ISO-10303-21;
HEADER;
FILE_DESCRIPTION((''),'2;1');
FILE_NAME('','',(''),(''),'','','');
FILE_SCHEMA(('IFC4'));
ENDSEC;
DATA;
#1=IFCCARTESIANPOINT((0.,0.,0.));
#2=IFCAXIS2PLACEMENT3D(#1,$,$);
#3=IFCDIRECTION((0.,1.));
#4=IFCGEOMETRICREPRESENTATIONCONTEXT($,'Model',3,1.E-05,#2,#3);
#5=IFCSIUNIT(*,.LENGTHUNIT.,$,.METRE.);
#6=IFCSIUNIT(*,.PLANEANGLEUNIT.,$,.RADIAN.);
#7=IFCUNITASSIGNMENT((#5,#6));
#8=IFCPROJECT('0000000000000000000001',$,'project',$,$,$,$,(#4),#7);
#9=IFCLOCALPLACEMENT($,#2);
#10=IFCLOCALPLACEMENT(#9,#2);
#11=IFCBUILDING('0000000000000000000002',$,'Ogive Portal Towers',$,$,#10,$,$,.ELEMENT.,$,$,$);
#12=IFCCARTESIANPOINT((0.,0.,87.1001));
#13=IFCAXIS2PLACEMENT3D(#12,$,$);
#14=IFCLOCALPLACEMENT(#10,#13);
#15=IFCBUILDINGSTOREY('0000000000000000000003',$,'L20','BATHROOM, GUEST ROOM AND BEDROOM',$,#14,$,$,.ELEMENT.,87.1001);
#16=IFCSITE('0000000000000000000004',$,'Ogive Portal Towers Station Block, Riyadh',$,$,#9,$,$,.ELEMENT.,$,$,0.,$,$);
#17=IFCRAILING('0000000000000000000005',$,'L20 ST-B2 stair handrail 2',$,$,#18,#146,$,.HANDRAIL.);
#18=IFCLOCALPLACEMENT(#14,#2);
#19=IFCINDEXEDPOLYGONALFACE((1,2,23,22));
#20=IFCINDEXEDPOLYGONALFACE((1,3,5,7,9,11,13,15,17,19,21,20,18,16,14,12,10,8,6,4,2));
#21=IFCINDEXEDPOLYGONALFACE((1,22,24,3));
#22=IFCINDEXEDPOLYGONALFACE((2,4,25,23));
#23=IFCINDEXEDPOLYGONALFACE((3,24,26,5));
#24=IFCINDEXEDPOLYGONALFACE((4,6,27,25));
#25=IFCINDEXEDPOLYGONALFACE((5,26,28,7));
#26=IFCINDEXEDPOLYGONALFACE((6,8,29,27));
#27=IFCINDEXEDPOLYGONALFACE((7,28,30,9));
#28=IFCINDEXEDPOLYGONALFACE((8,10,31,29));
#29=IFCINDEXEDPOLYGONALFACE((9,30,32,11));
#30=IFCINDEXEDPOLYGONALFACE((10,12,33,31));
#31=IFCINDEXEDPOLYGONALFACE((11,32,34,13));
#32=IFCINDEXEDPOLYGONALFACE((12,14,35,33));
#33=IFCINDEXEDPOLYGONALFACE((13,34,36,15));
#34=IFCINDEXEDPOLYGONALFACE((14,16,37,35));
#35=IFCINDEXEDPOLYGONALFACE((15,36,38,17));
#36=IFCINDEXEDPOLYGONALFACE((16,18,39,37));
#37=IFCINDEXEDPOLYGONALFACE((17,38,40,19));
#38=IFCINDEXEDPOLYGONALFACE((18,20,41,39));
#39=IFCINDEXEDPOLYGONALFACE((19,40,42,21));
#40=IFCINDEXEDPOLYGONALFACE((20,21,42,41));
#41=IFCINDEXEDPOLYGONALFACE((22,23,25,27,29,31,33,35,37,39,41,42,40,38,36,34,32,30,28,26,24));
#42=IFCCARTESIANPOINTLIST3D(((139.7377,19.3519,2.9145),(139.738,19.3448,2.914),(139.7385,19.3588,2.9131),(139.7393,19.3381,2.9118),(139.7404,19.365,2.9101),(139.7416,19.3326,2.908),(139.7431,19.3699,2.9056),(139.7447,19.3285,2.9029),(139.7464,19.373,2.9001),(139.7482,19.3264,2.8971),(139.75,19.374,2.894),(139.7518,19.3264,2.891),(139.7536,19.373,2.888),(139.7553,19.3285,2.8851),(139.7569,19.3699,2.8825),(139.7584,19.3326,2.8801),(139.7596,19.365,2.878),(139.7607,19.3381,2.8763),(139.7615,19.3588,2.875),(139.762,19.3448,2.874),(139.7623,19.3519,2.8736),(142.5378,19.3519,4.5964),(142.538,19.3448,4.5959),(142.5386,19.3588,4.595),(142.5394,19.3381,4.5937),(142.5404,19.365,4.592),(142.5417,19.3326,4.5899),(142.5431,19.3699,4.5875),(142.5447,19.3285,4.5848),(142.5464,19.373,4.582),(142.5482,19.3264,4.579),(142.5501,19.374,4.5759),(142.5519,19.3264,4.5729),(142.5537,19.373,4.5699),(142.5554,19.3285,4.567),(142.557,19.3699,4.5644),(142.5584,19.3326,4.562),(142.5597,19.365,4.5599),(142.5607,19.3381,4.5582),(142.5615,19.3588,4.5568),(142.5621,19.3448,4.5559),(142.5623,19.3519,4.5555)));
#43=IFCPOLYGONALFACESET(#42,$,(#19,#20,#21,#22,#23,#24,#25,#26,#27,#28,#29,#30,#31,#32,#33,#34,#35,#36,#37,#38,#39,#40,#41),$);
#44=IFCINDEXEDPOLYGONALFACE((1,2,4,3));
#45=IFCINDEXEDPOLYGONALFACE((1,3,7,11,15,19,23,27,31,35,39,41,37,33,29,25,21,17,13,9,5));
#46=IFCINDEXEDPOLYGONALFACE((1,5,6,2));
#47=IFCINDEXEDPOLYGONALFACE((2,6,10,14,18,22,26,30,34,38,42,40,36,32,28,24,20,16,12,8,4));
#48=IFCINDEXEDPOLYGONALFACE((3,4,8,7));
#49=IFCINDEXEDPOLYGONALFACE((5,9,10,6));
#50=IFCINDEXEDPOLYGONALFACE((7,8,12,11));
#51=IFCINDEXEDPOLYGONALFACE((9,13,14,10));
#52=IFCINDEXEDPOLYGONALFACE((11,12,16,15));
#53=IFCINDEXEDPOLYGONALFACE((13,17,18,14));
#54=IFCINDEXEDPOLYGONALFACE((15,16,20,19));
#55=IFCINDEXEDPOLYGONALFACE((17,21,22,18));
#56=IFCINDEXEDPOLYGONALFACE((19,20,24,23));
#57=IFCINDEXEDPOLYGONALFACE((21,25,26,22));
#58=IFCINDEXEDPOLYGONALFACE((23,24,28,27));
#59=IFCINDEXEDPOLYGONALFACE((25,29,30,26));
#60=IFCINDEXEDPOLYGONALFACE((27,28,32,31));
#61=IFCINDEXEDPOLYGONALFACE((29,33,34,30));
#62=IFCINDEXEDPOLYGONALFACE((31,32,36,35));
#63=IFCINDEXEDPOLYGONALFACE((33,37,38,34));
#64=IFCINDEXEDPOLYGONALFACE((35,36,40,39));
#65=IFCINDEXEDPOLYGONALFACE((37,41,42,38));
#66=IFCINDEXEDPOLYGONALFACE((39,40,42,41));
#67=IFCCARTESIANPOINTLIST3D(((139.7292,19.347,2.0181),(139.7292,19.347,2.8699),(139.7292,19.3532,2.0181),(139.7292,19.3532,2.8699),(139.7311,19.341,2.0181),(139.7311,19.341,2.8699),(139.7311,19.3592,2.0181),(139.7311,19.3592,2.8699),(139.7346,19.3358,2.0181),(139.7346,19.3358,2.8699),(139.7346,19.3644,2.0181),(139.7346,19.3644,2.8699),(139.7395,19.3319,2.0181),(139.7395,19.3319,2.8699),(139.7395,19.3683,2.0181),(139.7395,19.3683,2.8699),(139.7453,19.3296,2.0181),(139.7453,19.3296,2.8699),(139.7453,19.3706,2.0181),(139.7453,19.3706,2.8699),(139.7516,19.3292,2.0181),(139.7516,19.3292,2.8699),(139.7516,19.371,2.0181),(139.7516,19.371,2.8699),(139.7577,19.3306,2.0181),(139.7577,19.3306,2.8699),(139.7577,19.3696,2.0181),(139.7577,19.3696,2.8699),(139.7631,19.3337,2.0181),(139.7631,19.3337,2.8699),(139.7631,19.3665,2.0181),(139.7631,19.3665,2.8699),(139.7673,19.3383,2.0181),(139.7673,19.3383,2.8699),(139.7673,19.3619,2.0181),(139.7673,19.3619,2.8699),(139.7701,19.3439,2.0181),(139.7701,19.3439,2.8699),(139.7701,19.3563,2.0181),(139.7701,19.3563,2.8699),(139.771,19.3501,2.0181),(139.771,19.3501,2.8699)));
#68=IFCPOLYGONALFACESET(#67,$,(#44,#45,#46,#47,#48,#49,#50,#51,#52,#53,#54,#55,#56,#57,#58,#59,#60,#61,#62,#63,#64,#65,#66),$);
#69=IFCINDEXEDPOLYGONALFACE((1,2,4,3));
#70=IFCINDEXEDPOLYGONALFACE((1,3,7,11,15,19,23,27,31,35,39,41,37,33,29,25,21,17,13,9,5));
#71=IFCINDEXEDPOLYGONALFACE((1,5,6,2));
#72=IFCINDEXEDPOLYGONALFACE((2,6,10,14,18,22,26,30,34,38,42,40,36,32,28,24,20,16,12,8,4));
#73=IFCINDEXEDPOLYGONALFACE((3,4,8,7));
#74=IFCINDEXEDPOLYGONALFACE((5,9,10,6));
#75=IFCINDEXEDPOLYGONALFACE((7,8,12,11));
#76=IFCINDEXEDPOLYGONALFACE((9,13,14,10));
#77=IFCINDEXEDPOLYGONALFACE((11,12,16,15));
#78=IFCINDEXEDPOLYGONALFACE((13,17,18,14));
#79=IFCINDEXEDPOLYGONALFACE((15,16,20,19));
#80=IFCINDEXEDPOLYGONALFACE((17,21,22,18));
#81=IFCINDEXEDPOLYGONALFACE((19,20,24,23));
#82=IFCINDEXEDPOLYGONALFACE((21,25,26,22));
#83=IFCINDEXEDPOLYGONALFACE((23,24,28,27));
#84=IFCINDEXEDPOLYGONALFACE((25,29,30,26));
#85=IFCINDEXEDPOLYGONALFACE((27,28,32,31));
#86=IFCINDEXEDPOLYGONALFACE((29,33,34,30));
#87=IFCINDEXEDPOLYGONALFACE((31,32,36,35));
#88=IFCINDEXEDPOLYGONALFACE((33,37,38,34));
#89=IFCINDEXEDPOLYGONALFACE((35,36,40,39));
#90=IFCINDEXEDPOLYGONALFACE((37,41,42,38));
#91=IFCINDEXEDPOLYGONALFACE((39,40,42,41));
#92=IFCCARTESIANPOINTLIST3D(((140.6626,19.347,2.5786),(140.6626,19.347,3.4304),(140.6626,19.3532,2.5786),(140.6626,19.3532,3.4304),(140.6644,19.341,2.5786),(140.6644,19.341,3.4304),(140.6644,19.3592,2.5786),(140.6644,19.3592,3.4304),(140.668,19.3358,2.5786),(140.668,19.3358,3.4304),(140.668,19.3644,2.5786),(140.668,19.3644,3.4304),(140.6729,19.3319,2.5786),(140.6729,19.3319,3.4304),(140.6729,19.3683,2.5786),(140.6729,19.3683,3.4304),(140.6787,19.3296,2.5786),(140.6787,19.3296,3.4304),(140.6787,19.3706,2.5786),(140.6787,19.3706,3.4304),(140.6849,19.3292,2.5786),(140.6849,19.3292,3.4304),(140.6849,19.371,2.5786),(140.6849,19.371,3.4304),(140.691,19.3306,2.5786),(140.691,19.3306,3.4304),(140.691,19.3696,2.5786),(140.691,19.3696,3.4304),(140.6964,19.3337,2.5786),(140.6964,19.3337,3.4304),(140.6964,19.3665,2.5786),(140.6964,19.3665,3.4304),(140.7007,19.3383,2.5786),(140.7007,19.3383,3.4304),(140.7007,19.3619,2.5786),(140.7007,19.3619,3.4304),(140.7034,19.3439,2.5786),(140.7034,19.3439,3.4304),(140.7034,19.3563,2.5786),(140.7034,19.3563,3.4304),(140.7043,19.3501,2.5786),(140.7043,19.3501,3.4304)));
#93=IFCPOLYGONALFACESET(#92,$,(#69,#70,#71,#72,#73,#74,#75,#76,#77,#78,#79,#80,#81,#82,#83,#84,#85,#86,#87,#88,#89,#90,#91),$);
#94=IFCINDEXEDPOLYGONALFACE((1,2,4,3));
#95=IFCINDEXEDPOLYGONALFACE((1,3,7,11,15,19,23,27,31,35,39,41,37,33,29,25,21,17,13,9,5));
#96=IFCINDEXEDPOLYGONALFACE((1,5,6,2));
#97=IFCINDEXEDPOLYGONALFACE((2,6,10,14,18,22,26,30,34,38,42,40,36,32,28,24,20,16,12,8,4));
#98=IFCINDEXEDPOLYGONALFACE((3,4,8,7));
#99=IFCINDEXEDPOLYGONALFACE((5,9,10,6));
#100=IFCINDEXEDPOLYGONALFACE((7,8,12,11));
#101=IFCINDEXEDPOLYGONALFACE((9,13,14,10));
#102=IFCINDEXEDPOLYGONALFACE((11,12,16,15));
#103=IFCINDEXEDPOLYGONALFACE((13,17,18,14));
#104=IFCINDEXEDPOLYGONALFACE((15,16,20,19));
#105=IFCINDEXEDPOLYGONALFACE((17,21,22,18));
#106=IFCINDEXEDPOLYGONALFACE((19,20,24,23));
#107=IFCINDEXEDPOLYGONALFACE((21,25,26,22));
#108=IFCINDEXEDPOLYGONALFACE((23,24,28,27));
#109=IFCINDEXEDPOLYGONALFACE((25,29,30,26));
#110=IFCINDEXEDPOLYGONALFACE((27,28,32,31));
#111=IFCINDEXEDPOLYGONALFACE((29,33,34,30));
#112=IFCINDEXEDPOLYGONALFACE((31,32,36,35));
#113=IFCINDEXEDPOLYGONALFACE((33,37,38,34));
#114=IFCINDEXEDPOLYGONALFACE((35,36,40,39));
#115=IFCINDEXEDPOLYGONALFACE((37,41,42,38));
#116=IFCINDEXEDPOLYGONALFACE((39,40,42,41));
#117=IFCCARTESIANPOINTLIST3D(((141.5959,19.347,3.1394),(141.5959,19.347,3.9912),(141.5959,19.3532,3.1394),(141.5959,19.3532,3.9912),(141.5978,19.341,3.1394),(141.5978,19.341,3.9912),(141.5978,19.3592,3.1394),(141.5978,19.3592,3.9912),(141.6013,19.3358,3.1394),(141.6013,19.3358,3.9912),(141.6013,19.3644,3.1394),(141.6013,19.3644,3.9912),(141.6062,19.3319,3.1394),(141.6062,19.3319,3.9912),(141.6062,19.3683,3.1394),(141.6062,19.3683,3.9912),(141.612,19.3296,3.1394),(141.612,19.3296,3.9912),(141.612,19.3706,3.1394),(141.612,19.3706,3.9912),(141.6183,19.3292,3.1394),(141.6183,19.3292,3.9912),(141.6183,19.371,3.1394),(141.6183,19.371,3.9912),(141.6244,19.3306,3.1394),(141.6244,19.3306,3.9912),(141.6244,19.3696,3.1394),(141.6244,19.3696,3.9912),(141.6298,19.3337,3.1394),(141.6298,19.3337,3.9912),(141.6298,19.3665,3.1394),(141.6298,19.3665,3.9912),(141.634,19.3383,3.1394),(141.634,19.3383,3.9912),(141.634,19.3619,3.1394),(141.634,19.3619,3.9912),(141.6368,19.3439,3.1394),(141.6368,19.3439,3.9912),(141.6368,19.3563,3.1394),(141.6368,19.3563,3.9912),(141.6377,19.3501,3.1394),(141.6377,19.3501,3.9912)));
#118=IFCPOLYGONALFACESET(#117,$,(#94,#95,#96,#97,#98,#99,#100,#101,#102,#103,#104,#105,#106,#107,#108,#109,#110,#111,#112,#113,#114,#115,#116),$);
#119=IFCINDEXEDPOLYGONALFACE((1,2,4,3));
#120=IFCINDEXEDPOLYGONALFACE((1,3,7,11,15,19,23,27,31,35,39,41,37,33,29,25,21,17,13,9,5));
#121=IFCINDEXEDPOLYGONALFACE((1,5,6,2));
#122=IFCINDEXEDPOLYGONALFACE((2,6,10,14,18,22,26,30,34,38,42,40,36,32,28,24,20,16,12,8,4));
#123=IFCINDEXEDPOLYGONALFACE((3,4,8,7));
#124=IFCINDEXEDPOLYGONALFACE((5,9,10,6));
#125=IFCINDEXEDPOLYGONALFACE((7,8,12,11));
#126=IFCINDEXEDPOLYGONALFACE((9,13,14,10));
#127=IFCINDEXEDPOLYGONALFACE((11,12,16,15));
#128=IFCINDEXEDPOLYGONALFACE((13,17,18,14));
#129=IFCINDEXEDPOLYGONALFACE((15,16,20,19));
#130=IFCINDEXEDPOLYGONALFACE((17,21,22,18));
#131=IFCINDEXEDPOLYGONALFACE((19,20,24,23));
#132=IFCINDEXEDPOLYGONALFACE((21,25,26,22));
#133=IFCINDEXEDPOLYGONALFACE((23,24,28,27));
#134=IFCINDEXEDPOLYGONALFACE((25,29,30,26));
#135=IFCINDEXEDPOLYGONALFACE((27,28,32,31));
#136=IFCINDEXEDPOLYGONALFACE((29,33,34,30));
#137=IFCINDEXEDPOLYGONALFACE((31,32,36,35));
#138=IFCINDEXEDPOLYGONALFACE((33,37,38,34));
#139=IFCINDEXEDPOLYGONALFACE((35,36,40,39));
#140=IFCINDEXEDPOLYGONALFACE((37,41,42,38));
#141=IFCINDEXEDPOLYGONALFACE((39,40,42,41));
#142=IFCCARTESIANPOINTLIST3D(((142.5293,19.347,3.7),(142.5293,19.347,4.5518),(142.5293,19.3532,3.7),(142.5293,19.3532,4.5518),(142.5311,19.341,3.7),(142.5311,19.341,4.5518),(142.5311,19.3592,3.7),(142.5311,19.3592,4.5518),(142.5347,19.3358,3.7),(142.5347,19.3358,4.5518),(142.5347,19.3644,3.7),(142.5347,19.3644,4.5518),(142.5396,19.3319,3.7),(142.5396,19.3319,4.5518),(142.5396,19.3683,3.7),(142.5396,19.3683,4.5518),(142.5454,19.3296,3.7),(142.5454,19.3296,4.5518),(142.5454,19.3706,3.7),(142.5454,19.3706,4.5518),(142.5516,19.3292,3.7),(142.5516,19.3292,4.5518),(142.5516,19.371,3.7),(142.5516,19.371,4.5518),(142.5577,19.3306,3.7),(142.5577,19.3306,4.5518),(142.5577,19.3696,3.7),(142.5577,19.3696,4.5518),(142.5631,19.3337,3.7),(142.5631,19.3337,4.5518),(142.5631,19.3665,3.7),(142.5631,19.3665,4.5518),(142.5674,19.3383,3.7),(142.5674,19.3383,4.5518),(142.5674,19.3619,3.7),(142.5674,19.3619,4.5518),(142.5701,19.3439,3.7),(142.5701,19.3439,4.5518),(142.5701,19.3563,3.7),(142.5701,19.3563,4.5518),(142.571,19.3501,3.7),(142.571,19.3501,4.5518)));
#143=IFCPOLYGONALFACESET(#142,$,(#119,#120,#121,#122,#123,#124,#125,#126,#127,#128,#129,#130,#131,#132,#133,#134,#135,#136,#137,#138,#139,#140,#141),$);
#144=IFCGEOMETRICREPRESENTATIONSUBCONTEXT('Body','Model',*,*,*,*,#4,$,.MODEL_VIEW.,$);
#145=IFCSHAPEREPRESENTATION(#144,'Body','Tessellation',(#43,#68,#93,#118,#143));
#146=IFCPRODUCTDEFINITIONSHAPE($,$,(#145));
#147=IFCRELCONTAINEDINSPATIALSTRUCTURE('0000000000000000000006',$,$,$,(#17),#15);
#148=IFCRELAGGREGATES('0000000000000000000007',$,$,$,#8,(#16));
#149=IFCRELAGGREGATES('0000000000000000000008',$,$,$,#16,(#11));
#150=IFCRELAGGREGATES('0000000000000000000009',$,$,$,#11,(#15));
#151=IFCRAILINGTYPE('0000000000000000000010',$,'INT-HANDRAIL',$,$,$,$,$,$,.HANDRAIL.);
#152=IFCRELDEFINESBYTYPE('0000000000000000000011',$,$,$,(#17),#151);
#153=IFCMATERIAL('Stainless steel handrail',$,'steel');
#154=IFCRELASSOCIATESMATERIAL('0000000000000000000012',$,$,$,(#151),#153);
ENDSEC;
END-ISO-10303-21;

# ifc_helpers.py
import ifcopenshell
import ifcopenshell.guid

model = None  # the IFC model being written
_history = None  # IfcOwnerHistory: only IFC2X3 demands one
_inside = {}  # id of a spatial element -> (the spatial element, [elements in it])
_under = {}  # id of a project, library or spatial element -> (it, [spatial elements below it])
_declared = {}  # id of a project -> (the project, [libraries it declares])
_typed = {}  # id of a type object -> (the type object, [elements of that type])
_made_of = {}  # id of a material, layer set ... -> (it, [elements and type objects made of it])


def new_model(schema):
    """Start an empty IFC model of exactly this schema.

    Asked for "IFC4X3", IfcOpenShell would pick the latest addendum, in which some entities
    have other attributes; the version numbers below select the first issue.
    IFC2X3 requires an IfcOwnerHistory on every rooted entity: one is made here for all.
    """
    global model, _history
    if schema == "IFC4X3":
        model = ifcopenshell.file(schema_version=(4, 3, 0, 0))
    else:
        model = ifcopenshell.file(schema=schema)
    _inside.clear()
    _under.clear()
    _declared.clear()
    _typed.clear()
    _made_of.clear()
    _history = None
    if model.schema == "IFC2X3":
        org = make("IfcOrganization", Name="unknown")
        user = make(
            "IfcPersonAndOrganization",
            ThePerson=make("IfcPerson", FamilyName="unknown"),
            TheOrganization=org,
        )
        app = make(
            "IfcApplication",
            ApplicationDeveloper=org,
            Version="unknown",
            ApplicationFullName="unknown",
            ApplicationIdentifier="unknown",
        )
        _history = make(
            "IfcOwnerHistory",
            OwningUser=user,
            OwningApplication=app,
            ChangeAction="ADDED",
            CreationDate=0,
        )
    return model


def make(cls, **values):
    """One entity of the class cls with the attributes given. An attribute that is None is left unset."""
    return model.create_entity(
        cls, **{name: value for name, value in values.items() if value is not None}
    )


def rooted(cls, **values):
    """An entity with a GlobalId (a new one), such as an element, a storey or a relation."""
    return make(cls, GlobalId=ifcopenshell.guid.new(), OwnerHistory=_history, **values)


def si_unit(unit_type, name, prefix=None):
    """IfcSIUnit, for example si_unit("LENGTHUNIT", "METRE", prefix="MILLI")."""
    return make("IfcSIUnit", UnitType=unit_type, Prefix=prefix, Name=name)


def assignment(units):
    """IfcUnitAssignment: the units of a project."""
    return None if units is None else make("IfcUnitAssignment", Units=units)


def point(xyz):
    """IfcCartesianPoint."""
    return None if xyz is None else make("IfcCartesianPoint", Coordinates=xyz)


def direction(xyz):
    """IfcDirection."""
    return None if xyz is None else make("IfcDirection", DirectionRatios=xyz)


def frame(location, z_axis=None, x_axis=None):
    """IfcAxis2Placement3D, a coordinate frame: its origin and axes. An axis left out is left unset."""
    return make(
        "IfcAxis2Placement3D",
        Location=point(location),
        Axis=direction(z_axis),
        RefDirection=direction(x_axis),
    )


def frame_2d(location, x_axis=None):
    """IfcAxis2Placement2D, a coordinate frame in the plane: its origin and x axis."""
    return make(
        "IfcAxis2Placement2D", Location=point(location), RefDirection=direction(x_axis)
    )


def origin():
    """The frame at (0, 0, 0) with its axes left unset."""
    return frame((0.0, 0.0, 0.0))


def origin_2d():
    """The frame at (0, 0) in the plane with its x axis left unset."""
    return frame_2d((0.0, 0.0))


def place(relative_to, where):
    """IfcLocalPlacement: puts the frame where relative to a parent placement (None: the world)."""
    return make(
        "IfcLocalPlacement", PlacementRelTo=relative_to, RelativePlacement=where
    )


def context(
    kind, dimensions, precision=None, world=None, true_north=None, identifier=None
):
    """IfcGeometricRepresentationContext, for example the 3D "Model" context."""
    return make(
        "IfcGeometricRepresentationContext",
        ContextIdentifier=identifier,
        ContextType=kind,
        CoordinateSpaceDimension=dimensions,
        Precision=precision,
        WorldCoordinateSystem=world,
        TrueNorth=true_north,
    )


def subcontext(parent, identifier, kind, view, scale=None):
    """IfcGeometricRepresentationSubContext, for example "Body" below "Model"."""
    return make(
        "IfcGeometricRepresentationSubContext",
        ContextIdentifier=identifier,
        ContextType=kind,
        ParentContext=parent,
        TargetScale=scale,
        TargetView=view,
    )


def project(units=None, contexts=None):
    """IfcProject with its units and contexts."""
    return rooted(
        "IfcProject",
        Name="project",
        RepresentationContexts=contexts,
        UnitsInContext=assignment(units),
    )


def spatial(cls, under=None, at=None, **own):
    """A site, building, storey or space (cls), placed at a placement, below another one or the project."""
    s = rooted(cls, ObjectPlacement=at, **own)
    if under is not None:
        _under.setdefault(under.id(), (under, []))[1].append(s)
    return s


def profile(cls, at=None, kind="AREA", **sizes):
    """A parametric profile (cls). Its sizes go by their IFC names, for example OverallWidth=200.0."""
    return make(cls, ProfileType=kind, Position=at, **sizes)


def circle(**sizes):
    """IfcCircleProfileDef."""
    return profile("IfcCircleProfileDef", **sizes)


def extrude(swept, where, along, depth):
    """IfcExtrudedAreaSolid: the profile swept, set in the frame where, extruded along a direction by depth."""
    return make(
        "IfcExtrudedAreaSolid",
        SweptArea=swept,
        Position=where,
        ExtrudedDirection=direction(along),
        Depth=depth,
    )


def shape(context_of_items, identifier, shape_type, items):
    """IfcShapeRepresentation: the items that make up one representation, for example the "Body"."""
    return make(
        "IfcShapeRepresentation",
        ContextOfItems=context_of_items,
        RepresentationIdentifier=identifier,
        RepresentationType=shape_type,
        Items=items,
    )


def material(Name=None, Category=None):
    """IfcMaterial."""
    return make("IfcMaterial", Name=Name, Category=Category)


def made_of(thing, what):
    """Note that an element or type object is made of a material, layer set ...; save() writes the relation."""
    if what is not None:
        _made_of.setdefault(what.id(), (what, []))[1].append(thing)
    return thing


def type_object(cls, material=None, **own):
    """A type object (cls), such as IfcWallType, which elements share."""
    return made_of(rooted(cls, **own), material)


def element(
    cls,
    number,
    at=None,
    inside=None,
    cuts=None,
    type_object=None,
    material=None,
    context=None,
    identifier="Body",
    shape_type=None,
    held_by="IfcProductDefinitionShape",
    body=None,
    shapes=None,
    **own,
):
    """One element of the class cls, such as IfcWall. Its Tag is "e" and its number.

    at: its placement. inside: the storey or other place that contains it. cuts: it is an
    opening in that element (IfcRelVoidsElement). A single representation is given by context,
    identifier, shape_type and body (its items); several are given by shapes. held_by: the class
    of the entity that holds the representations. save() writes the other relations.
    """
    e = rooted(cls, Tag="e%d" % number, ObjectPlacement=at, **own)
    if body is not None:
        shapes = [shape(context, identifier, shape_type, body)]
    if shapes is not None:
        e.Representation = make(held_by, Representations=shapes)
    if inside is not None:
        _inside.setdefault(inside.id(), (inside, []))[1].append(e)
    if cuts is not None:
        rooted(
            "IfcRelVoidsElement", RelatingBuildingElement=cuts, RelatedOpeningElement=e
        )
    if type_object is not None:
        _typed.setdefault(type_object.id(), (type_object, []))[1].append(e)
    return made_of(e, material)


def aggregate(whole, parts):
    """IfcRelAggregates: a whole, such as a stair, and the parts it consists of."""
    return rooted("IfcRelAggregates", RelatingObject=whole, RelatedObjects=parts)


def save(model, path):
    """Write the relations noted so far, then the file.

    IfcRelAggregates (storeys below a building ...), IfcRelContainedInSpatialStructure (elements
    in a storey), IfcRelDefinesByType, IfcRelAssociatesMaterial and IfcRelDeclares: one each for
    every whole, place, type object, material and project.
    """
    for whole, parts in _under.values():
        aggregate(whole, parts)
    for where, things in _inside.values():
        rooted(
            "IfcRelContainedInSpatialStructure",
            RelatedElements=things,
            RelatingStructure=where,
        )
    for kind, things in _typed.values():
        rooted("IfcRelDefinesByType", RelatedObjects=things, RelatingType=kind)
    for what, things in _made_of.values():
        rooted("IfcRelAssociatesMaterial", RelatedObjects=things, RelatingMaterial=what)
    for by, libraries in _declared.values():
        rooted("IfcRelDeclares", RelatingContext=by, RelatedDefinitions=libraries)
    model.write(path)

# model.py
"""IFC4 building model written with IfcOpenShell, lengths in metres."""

from ifc_helpers import new_model, si_unit, direction, frame, origin, origin_2d, place, context, subcontext, project, spatial, circle, extrude, material, type_object, element, save


model = new_model("IFC4")

# Units and contexts
model_context = context("Model", 3, precision=1e-05, world=origin(), true_north=direction((0.0, 1.0)))
body_context = subcontext(model_context, "Body", "Model", "MODEL_VIEW")
ifc_project = project(units=[si_unit("LENGTHUNIT", "METRE"), si_unit("PLANEANGLEUNIT", "RADIAN")], contexts=[model_context])

# Site, building, storey
site_placement = place(None, origin())
site = spatial("IfcSite", under=ifc_project, at=site_placement, Name="Ogive Portal Towers Station Block, Riyadh", CompositionType="ELEMENT", RefElevation=0.0)
building_placement = place(site_placement, origin())
building = spatial("IfcBuilding", under=site, at=building_placement, Name="Ogive Portal Towers", CompositionType="ELEMENT")
storey_placement = place(building_placement, frame((0.0, 0.0, 87.1001)))
storey = spatial("IfcBuildingStorey", under=building, at=storey_placement, Name="L20", Description="BATHROOM, GUEST ROOM AND BEDROOM", CompositionType="ELEMENT", Elevation=87.1001)

# Railing
ifc_material_1 = material(Name="Stainless steel handrail", Category="steel")
railing_type_1 = type_object("IfcRailingType", Name="INT-HANDRAIL", PredefinedType="HANDRAIL", material=ifc_material_1)
railing_1_placement = place(storey_placement, frame((139.75, 19.3501, 2.0181)))
element("IfcRailing", 1, at=railing_1_placement, inside=storey, type_object=railing_type_1, Name="L20 ST-B2 stair handrail 2", PredefinedType="HANDRAIL", context=body_context, shape_type="SweptSolid", body=[
    extrude(circle(Radius=0.0239, at=origin_2d()), frame((0.0, 0.0, 0.876), z_axis=(0.857242, 0.0, 0.514913), x_axis=(0.0, 1.0, 0.0)), (0.0, 0.0, 1.0), 3.2664),
    extrude(circle(Radius=0.021, at=origin_2d()), origin(), (0.0, 0.0, 1.0), 0.8518),
    extrude(circle(Radius=0.021, at=origin_2d()), frame((0.9333, 0.0, 0.5605)), (0.0, 0.0, 1.0), 0.8518),
    extrude(circle(Radius=0.021, at=origin_2d()), frame((1.8667, 0.0, 1.1213)), (0.0, 0.0, 1.0), 0.8518),
    extrude(circle(Radius=0.021, at=origin_2d()), frame((2.8, 0.0, 1.6819)), (0.0, 0.0, 1.0), 0.8518),
])

save(model, "model.ifc")
